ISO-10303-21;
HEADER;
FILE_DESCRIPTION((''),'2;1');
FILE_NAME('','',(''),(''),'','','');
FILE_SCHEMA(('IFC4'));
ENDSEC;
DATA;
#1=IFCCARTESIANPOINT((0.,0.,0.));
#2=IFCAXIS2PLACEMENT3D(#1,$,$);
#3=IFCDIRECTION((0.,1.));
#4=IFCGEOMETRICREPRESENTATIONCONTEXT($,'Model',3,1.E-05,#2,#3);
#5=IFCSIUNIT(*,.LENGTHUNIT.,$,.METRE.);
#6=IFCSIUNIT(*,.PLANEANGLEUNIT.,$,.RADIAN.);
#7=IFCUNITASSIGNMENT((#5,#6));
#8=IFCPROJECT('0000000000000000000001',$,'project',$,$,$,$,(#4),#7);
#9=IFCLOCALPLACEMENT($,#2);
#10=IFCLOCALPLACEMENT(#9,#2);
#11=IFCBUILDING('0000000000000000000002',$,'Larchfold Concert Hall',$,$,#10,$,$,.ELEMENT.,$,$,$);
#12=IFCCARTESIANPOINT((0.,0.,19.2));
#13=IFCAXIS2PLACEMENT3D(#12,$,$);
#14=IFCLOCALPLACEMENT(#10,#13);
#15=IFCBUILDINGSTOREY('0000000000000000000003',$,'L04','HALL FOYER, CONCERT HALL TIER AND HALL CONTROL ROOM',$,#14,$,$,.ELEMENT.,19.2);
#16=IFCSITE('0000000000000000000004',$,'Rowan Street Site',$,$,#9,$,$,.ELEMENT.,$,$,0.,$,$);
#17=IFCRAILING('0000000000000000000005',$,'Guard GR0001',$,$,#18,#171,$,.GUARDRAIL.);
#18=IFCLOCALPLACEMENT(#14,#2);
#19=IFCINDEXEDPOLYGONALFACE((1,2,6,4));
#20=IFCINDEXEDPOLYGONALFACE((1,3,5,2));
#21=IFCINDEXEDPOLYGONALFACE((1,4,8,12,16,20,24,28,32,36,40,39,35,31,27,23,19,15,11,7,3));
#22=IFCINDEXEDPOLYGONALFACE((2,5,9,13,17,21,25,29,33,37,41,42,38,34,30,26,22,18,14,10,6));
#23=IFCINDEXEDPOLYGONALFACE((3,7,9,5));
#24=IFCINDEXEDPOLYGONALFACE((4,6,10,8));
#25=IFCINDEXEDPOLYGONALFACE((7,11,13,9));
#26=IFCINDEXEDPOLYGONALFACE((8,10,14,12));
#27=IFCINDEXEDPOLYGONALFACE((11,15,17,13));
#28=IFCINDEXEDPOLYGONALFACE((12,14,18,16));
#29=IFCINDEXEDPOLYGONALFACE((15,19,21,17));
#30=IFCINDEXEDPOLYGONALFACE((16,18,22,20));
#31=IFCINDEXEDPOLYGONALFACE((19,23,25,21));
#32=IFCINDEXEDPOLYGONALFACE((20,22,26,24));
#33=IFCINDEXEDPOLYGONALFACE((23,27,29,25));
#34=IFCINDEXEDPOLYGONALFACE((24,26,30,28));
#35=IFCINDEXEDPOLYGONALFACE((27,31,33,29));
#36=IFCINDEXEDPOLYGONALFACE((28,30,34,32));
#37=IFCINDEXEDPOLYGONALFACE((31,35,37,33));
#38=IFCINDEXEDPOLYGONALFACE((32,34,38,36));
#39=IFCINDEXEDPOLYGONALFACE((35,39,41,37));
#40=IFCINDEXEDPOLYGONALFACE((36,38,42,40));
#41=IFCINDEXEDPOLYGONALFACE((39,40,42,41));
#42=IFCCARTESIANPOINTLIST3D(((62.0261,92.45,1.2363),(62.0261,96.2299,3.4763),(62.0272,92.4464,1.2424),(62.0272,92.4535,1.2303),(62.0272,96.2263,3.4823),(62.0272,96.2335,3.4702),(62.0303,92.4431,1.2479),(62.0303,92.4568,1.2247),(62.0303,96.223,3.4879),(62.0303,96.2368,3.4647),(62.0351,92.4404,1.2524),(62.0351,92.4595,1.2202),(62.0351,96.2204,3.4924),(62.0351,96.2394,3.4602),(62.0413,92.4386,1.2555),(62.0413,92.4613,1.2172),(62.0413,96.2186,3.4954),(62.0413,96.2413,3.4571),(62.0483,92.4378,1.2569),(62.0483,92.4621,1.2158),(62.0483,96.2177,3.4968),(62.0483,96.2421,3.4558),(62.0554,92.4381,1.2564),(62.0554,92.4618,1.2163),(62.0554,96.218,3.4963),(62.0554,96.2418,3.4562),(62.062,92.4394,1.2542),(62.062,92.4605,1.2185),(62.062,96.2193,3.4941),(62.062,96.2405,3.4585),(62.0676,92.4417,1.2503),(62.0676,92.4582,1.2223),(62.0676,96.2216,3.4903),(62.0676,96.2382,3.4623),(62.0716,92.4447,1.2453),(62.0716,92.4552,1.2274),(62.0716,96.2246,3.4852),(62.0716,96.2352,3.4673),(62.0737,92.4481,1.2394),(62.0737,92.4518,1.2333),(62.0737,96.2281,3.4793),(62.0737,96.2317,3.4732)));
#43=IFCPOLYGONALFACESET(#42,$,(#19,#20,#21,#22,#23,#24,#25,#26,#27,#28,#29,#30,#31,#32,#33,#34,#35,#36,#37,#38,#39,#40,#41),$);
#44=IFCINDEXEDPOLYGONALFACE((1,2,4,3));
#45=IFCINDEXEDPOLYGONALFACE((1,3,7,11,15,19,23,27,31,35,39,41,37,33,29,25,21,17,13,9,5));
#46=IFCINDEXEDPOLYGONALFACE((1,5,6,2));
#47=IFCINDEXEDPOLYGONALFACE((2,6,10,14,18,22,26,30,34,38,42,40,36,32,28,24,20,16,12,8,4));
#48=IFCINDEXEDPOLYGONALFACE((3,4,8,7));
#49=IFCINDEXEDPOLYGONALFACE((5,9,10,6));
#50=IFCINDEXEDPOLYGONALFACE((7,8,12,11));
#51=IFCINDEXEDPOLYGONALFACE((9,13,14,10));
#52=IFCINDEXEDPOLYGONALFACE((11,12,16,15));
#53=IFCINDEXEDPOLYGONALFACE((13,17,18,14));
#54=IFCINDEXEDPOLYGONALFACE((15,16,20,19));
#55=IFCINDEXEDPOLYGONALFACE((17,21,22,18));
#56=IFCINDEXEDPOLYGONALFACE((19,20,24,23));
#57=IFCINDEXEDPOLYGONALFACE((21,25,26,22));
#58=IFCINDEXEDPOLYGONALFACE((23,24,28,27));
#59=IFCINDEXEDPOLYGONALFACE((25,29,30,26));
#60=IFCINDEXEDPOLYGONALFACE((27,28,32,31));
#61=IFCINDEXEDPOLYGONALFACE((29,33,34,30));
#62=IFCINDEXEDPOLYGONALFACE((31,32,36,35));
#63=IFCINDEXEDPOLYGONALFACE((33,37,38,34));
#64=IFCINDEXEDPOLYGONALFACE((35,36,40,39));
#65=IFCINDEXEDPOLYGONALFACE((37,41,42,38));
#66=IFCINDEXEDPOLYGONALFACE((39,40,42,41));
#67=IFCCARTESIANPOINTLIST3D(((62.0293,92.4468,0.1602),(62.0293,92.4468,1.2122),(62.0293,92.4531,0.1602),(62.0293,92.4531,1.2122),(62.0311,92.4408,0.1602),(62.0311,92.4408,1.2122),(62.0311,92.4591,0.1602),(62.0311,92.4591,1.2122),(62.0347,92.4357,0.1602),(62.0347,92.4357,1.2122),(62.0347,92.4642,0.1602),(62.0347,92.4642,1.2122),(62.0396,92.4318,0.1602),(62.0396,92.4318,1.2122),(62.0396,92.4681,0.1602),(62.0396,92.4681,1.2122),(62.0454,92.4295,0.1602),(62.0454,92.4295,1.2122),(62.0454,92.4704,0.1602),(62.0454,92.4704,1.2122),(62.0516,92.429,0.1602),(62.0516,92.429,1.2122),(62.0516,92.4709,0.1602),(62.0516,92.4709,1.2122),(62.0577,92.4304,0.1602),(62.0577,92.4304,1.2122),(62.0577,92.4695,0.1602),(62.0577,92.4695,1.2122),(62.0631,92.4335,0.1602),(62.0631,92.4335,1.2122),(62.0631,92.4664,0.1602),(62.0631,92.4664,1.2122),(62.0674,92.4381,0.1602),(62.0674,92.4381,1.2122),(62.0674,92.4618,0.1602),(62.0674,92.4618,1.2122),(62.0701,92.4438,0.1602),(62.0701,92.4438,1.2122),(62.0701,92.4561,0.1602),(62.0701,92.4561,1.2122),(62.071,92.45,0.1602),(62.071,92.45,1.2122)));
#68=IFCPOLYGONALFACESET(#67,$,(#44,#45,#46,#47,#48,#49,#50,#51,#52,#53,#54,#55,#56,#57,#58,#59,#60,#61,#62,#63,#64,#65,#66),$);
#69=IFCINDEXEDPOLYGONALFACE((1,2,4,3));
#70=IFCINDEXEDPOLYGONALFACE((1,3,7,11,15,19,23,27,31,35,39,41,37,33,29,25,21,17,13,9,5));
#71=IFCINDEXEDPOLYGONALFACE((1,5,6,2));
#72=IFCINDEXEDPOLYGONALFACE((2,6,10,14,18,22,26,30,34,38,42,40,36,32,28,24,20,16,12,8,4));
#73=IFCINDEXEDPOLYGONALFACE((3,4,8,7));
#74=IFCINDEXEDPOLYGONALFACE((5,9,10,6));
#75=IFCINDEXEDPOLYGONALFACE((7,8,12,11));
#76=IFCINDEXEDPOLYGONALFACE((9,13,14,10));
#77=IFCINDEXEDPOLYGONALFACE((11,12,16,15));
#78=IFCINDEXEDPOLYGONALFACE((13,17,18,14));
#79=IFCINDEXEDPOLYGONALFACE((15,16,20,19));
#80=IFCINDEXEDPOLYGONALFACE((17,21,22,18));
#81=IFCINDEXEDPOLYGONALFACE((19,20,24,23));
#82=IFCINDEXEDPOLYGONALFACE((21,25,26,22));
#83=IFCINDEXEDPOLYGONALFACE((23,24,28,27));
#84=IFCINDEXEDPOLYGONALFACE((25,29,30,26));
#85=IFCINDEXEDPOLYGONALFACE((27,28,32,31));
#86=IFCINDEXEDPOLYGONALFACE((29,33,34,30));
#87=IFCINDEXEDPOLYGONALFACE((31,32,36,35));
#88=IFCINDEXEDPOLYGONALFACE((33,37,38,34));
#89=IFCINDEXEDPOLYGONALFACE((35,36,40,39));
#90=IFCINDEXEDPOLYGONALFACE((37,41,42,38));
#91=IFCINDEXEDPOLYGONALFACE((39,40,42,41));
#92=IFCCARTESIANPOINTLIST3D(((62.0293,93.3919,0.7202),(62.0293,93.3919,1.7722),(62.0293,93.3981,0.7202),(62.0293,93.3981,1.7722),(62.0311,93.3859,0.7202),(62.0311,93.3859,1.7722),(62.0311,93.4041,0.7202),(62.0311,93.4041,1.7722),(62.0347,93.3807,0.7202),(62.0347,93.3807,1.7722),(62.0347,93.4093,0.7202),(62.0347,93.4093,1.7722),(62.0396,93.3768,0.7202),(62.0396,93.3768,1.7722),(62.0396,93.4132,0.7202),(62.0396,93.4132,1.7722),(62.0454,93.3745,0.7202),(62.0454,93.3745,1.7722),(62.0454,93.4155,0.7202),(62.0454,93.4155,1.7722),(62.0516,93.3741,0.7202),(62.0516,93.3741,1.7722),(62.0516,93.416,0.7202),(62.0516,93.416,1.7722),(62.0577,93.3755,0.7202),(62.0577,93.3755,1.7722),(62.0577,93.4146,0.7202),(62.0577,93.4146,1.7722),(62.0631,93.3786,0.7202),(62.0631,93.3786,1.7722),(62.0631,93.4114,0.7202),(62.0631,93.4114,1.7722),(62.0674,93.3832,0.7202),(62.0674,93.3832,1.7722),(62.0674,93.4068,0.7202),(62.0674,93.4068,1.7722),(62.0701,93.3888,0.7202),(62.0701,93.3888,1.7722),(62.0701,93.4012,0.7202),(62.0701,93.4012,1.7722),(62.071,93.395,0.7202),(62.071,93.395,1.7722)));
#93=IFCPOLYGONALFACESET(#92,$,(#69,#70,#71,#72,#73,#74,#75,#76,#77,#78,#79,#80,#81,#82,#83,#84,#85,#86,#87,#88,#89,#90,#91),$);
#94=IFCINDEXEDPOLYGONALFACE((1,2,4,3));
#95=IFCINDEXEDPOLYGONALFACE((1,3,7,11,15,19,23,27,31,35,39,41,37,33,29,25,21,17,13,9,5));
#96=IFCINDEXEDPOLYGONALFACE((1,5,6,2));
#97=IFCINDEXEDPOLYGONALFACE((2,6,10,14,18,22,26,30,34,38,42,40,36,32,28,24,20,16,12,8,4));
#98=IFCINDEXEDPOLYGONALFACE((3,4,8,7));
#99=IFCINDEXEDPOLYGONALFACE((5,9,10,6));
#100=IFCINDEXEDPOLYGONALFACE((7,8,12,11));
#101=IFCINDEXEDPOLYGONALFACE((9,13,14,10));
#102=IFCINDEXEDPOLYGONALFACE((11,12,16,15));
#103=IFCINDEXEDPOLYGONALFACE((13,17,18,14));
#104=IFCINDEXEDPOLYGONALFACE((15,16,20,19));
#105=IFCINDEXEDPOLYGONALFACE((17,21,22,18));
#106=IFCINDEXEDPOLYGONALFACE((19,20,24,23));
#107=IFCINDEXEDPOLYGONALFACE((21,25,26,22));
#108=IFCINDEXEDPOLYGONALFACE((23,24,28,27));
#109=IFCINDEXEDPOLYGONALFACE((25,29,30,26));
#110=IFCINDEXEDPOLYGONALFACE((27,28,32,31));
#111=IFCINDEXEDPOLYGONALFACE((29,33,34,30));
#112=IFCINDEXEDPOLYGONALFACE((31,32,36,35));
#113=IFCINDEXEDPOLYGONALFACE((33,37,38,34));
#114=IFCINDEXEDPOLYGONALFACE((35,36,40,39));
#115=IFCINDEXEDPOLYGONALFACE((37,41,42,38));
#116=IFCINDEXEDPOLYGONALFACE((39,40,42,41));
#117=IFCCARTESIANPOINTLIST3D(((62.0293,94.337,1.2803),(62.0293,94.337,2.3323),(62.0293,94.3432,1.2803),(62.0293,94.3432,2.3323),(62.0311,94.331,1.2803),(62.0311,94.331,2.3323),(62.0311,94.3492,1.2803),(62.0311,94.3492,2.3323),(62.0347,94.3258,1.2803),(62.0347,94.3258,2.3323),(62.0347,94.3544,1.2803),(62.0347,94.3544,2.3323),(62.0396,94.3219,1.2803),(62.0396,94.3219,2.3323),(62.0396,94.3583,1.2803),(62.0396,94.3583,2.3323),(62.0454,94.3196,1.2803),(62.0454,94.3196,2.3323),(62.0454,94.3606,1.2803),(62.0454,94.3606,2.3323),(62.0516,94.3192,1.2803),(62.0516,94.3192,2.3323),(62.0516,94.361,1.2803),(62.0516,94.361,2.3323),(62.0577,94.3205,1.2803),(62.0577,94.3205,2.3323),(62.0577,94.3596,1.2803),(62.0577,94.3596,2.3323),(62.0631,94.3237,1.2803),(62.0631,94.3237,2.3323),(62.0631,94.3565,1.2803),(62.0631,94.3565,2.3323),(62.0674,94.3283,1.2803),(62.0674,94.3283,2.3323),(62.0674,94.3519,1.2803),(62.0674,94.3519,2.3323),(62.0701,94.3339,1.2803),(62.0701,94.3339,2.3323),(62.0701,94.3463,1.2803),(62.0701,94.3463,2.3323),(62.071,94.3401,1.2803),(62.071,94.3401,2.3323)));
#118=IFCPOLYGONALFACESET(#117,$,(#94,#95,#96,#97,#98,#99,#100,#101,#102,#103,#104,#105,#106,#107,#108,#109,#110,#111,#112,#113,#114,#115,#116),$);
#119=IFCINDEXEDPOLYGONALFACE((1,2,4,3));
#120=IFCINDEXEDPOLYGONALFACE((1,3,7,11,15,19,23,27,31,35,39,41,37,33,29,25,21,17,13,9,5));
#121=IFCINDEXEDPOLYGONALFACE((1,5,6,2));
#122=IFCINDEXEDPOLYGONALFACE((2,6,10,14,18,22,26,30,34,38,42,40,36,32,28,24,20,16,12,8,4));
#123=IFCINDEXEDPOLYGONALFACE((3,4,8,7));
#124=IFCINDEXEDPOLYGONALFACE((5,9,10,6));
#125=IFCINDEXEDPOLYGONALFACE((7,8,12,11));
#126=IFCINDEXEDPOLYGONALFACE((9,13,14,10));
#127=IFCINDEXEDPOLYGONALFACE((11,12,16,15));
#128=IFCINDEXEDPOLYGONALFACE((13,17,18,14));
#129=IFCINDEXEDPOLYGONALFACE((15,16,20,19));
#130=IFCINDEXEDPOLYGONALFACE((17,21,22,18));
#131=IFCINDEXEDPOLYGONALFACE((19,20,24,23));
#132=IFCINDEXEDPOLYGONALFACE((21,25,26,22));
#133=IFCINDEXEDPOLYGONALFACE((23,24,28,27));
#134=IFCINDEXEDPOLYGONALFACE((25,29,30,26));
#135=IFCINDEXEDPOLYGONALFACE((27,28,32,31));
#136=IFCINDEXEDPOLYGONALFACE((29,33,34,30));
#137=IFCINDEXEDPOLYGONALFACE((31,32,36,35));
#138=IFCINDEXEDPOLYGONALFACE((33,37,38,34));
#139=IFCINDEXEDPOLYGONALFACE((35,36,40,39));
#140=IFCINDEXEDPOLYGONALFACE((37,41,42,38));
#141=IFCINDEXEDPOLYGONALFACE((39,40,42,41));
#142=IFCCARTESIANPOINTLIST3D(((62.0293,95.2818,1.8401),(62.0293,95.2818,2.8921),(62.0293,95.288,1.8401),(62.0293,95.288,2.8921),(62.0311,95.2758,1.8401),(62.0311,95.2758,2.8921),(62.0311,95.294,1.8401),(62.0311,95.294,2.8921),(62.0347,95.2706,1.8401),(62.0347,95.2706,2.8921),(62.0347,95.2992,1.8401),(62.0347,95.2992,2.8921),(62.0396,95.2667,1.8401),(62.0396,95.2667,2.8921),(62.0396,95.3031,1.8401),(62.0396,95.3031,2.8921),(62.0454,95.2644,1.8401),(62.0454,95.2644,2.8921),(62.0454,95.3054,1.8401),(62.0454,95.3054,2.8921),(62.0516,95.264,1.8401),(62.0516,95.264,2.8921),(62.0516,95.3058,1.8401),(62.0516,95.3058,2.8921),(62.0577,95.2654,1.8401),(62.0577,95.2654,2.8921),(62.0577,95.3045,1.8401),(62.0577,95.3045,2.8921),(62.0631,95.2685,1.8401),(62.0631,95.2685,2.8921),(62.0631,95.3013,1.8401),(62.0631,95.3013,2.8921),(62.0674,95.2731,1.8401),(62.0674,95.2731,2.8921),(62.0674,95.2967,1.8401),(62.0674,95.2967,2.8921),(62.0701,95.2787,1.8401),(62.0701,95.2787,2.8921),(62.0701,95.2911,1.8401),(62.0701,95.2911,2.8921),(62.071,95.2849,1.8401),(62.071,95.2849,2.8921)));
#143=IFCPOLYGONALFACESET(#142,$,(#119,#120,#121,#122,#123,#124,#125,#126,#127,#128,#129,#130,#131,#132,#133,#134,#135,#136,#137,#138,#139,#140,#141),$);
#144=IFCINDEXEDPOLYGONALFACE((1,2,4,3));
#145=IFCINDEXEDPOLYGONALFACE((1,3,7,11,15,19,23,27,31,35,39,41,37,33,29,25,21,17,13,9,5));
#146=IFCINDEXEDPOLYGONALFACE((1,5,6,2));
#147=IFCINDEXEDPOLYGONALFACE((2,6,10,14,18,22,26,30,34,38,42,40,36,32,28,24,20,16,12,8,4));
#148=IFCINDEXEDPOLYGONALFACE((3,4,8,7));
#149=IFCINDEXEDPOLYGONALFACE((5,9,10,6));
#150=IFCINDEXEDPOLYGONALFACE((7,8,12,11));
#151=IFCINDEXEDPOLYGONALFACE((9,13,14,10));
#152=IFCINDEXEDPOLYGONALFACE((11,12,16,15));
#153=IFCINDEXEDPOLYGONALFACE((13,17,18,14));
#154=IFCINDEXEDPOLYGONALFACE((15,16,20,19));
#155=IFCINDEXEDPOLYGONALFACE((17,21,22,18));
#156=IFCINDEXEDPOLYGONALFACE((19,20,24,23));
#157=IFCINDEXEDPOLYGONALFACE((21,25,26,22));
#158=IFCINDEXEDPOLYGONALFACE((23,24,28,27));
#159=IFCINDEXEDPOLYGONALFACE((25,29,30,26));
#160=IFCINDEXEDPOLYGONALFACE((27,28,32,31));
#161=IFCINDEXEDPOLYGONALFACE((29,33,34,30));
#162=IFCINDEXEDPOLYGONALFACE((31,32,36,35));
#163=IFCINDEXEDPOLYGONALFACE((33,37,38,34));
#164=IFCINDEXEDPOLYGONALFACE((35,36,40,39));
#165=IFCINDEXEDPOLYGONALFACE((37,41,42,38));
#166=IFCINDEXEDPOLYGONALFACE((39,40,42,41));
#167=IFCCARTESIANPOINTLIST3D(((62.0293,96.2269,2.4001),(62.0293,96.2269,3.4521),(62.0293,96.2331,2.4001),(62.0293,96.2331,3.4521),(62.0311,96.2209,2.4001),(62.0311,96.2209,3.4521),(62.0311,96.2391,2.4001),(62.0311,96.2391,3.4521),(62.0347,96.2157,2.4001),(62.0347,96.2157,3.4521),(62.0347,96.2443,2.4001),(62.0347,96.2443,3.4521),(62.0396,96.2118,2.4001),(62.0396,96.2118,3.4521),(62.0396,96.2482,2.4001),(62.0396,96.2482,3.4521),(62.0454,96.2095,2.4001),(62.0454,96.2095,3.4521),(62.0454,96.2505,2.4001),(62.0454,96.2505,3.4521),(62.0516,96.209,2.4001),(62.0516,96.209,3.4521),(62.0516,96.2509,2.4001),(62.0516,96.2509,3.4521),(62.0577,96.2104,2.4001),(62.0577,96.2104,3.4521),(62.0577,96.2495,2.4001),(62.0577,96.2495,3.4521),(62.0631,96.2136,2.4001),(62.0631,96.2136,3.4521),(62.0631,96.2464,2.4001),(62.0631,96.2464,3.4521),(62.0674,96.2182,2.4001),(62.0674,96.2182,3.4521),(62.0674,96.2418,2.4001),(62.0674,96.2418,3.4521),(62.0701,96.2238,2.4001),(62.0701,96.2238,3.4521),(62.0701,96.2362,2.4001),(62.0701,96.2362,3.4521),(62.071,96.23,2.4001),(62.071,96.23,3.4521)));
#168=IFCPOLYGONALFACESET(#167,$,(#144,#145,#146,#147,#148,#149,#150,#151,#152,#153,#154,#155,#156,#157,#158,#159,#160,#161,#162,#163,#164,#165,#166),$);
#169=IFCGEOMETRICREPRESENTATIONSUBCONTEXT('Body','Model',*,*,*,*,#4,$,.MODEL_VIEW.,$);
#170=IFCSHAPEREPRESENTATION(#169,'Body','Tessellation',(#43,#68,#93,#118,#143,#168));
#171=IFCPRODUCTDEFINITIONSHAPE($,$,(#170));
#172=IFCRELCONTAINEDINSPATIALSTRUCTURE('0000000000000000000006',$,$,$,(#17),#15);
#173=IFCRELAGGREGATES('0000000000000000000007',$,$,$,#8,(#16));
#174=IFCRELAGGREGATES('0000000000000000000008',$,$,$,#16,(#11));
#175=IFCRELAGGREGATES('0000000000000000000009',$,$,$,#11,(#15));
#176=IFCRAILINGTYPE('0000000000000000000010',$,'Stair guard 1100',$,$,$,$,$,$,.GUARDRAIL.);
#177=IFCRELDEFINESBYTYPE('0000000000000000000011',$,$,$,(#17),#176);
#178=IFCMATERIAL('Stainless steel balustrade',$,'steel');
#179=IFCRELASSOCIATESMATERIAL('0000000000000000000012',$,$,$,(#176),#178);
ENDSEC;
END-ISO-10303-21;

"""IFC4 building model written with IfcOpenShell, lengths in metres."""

from ifc_helpers import new_model, si_unit, direction, frame, origin, origin_2d, place, context, subcontext, project, spatial, circle, extrude, material, type_object, element, save


model = new_model("IFC4")

# Units and contexts
model_context = context("Model", 3, precision=1e-05, world=origin(), true_north=direction((0.0, 1.0)))
body_context = subcontext(model_context, "Body", "Model", "MODEL_VIEW")
ifc_project = project(units=[si_unit("LENGTHUNIT", "METRE"), si_unit("PLANEANGLEUNIT", "RADIAN")], contexts=[model_context])

# Site, building, storey
site_placement = place(None, origin())
site = spatial("IfcSite", under=ifc_project, at=site_placement, Name="Rowan Street Site", CompositionType="ELEMENT", RefElevation=0.0)
building_placement = place(site_placement, origin())
building = spatial("IfcBuilding", under=site, at=building_placement, Name="Larchfold Concert Hall", CompositionType="ELEMENT")
storey_placement = place(building_placement, frame((0.0, 0.0, 19.2)))
storey = spatial("IfcBuildingStorey", under=building, at=storey_placement, Name="L04", Description="HALL FOYER, CONCERT HALL TIER AND HALL CONTROL ROOM", CompositionType="ELEMENT", Elevation=19.2)

# Railing
ifc_material_1 = material(Name="Stainless steel balustrade", Category="steel")
railing_type_1 = type_object("IfcRailingType", Name="Stair guard 1100", PredefinedType="GUARDRAIL", material=ifc_material_1)
railing_1_placement = place(storey_placement, frame((62.05, 92.45, 0.1602)))
element("IfcRailing", 1, at=railing_1_placement, inside=storey, type_object=railing_type_1, Name="Guard GR0001", PredefinedType="GUARDRAIL", context=body_context, shape_type="SweptSolid", body=[
    extrude(circle(Radius=0.0239, at=origin_2d()), frame((0.0, 0.0, 1.0762), z_axis=(0.0, 0.860294, 0.509798), x_axis=(-1.0, 0.0, 0.0)), (0.0, 0.0, 1.0), 4.3938),
    extrude(circle(Radius=0.021, at=origin_2d()), origin(), (0.0, 0.0, 1.0), 1.052),
    extrude(circle(Radius=0.021, at=origin_2d()), frame((0.0, 0.9451, 0.5601)), (0.0, 0.0, 1.0), 1.052),
    extrude(circle(Radius=0.021, at=origin_2d()), frame((0.0, 1.8901, 1.1201)), (0.0, 0.0, 1.0), 1.052),
    extrude(circle(Radius=0.021, at=origin_2d()), frame((0.0, 2.835, 1.6799)), (0.0, 0.0, 1.0), 1.052),
    extrude(circle(Radius=0.021, at=origin_2d()), frame((0.0, 3.78, 2.24)), (0.0, 0.0, 1.0), 1.052),
])

save(model, "model.ifc")
